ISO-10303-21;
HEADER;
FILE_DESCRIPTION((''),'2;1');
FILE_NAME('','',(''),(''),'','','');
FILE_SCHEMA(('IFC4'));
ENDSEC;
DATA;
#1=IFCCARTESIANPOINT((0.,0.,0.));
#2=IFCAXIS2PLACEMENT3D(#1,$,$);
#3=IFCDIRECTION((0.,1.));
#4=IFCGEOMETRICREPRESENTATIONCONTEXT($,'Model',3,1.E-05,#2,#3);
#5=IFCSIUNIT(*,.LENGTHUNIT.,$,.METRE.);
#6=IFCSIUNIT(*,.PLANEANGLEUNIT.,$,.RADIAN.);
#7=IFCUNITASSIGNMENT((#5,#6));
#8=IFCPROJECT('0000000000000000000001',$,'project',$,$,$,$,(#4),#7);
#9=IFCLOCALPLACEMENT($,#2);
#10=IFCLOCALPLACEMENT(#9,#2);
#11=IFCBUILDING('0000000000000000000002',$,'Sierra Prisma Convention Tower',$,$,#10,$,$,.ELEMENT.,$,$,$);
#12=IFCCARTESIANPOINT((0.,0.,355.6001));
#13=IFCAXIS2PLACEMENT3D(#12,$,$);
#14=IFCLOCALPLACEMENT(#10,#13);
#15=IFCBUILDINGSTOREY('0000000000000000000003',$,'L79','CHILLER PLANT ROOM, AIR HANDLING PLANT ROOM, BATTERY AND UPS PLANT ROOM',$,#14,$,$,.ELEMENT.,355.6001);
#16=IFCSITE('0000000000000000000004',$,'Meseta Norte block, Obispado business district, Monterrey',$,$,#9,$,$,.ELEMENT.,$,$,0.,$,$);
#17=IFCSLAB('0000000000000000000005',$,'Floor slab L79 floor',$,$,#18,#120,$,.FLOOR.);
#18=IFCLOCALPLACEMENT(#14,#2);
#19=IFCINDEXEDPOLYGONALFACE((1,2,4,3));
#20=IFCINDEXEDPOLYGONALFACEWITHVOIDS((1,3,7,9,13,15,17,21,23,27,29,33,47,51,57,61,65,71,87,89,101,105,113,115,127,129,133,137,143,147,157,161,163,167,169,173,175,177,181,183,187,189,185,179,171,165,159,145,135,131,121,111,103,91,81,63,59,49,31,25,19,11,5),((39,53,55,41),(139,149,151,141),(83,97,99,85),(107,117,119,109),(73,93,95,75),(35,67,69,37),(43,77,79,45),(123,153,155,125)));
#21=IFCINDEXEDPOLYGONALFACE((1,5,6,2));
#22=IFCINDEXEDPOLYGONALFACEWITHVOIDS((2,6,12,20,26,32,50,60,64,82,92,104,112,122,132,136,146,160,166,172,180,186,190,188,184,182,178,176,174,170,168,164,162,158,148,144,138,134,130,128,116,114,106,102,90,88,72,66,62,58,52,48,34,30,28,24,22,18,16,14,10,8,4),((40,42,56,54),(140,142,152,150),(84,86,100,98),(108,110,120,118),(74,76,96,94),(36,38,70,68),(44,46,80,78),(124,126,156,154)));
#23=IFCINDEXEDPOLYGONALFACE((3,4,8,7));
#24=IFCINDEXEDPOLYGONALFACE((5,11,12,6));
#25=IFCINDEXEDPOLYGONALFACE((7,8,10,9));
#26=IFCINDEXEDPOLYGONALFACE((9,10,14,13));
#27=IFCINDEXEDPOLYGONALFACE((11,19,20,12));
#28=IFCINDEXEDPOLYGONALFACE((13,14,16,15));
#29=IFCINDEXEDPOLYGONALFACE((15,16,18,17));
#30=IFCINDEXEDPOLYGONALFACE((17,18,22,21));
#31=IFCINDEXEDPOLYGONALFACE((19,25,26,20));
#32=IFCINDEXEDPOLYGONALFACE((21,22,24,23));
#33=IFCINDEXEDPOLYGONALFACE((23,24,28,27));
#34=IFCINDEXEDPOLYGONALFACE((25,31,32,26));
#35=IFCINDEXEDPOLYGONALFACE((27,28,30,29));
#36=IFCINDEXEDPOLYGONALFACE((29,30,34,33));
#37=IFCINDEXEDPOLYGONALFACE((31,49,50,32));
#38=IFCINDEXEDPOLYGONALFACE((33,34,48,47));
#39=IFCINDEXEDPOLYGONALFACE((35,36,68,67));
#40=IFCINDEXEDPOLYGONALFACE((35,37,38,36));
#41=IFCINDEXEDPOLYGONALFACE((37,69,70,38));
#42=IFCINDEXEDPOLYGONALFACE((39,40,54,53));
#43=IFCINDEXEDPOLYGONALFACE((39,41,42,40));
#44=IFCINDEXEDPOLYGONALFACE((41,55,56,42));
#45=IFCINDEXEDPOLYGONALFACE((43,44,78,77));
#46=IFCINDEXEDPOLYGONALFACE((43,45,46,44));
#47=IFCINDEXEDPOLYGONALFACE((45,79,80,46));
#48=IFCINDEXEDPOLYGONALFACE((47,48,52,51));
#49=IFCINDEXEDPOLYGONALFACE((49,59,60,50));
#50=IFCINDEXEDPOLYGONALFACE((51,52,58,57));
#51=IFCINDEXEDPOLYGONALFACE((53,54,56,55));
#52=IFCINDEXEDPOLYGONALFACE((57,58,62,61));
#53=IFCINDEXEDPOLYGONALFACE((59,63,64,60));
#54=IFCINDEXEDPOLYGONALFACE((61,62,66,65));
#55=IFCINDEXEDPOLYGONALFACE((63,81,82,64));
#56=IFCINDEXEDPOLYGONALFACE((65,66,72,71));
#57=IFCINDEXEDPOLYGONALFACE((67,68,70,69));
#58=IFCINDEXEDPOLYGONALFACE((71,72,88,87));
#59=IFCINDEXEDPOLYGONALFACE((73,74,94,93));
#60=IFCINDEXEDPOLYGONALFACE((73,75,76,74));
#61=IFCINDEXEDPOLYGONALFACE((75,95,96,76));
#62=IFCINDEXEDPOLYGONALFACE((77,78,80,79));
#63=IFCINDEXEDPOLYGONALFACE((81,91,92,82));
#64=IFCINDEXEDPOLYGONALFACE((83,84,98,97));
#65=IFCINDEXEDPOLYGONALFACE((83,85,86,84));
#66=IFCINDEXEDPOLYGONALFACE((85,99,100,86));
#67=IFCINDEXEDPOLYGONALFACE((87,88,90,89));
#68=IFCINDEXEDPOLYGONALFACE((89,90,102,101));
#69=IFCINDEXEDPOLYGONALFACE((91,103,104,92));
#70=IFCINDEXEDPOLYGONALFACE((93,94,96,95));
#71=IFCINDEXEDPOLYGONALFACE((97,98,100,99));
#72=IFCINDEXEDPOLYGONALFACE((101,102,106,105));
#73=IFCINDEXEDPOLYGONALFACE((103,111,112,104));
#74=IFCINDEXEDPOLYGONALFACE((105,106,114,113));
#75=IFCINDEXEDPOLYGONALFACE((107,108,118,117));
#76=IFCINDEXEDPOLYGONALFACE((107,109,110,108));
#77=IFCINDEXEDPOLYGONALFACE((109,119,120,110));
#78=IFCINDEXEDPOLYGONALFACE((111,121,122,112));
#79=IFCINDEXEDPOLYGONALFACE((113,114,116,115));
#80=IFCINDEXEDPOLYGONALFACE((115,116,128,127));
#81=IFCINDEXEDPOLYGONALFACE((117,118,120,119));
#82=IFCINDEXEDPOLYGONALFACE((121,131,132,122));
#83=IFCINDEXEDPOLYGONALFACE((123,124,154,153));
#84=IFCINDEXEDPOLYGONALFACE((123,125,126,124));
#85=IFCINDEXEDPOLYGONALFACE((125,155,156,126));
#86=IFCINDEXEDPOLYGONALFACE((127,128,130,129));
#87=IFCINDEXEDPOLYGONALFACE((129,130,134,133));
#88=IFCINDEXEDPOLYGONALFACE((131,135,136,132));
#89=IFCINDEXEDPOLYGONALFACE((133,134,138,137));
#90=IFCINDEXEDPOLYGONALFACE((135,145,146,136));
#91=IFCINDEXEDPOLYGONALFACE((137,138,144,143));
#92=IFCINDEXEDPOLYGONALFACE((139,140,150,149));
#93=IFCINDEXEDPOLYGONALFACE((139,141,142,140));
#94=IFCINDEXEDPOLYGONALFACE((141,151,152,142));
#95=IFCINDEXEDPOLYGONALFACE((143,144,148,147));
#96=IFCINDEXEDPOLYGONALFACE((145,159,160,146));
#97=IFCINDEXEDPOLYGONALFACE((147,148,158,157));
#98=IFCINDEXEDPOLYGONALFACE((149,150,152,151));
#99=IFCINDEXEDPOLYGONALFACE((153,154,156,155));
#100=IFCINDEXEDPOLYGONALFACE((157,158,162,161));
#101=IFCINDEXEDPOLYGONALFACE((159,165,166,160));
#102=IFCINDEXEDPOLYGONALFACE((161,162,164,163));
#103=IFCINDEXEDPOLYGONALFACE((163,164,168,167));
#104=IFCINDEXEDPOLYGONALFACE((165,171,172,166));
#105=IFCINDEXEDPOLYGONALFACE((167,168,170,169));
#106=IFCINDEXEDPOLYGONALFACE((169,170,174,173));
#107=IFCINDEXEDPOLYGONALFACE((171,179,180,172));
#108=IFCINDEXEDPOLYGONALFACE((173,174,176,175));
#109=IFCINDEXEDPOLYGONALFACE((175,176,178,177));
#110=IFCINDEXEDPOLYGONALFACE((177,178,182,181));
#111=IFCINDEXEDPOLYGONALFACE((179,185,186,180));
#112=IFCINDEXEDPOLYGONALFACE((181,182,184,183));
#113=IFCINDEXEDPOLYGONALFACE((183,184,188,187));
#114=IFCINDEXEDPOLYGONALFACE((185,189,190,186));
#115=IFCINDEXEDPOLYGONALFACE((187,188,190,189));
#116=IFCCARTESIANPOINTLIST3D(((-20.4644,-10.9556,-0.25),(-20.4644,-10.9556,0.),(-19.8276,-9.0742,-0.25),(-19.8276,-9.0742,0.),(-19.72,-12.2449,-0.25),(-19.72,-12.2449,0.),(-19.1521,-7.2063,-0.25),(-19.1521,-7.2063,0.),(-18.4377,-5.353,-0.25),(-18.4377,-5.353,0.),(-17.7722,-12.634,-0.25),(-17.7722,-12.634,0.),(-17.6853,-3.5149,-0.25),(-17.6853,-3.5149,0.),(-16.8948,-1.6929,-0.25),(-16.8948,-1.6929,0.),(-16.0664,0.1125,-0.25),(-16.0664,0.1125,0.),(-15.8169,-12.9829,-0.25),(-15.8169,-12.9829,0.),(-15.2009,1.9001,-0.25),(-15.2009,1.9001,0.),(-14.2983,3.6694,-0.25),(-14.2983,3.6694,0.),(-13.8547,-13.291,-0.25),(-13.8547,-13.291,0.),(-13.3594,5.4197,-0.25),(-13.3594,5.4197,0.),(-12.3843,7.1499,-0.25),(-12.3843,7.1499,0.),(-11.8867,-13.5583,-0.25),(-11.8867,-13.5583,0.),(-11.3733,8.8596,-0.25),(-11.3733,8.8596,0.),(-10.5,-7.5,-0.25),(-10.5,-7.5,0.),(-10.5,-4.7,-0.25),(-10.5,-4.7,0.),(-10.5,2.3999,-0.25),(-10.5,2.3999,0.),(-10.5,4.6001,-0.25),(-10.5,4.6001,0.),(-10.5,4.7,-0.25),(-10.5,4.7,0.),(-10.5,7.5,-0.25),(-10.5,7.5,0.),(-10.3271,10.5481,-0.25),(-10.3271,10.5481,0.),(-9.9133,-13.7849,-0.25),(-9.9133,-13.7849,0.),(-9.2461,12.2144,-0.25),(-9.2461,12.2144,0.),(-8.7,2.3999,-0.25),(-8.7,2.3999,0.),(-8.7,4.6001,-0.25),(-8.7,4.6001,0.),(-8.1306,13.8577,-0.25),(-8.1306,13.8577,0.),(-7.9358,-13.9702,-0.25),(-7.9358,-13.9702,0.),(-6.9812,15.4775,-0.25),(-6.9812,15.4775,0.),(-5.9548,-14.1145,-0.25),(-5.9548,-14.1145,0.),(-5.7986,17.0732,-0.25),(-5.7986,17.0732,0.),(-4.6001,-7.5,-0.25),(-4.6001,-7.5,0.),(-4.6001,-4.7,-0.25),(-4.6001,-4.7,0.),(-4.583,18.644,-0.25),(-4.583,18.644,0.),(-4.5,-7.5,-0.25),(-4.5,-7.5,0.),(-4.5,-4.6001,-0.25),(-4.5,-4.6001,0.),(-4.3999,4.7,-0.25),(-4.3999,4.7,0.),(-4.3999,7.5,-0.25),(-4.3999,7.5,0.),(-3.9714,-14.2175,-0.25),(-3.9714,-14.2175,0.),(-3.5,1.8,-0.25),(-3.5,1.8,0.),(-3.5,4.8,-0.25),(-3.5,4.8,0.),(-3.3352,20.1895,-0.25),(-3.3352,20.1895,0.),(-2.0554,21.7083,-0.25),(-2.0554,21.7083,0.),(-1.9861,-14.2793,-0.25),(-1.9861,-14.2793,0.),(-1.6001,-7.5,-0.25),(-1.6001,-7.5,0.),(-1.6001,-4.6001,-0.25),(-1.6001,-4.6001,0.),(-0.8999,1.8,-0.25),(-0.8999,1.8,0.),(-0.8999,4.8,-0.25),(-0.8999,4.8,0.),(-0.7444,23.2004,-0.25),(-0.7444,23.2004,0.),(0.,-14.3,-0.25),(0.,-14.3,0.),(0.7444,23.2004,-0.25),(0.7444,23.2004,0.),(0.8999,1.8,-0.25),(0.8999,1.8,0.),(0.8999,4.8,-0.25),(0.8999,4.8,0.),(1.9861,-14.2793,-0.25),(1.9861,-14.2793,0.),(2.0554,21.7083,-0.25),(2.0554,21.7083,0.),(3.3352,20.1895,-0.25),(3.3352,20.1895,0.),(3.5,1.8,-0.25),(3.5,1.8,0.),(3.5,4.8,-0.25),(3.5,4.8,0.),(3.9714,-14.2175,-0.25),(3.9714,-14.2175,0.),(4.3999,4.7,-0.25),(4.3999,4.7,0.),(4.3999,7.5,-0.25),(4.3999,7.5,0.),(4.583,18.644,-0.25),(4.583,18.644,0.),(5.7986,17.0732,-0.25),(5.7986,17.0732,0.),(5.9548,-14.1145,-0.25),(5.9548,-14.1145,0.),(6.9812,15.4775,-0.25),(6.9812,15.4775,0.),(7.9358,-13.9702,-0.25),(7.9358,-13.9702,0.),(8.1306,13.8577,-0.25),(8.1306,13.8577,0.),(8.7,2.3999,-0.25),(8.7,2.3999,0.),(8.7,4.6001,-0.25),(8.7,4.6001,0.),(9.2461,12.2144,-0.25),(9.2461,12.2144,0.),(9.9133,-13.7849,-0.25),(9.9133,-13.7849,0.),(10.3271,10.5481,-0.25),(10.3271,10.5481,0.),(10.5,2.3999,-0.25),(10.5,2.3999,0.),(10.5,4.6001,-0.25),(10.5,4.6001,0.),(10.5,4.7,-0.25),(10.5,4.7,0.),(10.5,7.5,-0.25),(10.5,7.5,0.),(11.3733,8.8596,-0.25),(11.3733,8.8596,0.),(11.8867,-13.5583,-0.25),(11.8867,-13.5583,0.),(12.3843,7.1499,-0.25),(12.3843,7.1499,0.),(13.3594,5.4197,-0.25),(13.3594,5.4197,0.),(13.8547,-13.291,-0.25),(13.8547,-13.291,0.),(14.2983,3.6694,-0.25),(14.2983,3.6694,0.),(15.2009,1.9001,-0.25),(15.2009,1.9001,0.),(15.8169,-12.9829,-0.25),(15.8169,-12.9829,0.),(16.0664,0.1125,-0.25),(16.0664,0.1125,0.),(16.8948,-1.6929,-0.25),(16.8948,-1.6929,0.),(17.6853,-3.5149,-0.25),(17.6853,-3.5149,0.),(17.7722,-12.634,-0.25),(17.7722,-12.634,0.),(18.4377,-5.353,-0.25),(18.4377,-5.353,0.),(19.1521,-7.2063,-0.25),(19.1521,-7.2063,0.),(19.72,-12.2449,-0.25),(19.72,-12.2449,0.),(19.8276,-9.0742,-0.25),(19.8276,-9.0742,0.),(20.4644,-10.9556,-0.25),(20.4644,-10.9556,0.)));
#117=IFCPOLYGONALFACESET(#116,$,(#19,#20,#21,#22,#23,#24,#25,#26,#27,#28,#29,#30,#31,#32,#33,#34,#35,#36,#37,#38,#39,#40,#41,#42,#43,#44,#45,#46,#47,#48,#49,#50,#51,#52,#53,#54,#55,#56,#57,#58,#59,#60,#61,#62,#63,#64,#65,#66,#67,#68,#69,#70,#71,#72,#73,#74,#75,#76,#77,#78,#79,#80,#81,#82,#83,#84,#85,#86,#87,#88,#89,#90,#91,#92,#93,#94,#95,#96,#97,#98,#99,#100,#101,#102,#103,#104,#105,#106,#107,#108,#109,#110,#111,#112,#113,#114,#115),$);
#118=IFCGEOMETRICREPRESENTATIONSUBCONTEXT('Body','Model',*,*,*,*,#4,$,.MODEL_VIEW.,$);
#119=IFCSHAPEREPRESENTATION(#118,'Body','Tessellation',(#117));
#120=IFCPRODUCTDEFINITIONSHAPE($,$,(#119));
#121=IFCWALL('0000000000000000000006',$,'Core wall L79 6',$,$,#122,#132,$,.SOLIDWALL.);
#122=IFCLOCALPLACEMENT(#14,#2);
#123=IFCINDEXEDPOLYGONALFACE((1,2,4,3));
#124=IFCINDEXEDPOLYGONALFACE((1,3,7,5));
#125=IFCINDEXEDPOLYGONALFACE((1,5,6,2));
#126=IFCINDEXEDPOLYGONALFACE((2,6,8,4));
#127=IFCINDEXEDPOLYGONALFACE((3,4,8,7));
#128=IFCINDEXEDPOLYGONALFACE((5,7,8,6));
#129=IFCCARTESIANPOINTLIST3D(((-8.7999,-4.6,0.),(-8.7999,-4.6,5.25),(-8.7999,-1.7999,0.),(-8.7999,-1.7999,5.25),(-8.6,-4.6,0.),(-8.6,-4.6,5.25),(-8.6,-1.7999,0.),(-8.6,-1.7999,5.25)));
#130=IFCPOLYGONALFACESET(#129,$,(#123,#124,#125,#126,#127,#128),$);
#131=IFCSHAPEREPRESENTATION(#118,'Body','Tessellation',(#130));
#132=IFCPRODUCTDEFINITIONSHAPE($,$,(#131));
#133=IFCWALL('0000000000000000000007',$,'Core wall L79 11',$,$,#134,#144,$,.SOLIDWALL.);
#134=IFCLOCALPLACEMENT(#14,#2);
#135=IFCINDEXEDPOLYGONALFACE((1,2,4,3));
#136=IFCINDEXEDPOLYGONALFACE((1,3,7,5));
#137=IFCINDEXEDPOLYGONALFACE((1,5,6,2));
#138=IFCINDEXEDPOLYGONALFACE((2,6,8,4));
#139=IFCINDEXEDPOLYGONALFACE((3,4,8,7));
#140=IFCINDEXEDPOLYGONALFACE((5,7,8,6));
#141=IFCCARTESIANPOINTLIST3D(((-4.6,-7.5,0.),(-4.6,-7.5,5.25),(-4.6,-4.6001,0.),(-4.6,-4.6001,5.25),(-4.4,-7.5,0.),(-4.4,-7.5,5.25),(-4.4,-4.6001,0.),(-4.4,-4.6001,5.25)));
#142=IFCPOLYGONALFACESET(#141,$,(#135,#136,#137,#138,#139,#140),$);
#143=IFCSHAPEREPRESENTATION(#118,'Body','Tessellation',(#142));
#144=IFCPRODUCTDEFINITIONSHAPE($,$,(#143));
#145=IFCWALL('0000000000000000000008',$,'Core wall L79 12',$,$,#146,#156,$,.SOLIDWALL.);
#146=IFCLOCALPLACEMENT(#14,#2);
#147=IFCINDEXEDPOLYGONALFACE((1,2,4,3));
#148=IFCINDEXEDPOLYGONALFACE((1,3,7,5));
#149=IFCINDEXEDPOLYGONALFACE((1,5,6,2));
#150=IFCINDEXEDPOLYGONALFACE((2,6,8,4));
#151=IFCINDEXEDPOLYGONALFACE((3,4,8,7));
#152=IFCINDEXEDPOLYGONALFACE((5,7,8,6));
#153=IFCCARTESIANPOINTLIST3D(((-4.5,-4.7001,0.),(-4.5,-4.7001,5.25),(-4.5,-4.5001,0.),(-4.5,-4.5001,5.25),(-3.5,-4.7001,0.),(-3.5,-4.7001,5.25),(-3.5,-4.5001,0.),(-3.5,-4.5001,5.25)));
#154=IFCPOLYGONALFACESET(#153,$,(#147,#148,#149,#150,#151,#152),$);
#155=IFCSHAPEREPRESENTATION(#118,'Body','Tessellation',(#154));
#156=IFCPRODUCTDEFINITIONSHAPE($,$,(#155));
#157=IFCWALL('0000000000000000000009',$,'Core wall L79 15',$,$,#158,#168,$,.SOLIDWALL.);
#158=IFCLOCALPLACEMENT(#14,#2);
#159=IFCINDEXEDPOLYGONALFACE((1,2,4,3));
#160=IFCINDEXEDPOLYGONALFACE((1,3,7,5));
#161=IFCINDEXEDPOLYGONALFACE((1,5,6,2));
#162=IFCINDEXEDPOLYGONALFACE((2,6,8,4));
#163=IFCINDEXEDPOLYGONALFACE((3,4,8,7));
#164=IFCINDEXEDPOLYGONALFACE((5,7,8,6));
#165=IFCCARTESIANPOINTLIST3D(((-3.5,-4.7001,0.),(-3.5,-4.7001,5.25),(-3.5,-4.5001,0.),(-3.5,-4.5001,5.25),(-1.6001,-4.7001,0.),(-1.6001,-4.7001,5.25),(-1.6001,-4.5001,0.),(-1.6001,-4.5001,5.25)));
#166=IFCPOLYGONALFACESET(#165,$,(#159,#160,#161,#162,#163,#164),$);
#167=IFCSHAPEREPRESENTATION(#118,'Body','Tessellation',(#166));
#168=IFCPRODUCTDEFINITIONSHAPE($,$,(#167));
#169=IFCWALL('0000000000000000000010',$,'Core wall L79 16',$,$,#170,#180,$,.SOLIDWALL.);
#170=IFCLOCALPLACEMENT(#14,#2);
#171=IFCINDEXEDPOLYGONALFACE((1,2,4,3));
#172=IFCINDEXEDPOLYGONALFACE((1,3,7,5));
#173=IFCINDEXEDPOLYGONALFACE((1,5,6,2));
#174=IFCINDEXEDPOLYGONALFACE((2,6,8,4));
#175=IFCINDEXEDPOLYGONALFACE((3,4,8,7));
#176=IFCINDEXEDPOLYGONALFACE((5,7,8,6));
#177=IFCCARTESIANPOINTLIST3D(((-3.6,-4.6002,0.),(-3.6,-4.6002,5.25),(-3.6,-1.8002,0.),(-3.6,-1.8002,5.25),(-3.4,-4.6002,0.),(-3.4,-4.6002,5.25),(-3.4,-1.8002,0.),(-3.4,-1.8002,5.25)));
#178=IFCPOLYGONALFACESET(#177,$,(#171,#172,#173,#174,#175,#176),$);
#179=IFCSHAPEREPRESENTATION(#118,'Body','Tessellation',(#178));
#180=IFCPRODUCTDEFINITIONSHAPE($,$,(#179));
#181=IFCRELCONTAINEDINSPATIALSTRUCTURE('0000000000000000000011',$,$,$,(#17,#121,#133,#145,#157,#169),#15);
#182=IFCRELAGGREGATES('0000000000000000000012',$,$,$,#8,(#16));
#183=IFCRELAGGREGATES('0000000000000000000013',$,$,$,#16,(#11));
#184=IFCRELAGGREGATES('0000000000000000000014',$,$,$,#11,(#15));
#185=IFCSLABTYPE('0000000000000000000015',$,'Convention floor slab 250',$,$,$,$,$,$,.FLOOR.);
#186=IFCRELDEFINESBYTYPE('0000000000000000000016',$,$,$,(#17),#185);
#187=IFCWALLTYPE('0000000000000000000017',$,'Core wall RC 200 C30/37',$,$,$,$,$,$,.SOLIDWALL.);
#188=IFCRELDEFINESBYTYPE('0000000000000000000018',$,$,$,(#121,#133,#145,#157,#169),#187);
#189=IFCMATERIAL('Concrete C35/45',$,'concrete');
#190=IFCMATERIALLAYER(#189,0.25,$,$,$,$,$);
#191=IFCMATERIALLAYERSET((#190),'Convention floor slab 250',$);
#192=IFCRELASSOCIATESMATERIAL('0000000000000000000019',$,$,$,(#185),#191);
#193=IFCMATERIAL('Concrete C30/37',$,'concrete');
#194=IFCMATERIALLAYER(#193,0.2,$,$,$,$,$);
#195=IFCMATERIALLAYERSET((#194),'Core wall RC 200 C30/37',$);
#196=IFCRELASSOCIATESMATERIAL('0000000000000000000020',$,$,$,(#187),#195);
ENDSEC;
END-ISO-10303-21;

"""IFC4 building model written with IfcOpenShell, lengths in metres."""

from ifc_helpers import new_model, si_unit, direction, frame, frame_2d, origin, place, context, subcontext, project, spatial, polyline, rectangle, outline, extrude, material, layer, layer_set, type_object, element, save


model = new_model("IFC4")

# Units and contexts
model_context = context("Model", 3, precision=1e-05, world=origin(), true_north=direction((0.0, 1.0)))
body_context = subcontext(model_context, "Body", "Model", "MODEL_VIEW")
ifc_project = project(units=[si_unit("LENGTHUNIT", "METRE"), si_unit("PLANEANGLEUNIT", "RADIAN")], contexts=[model_context])

# Site, building, storey
site_placement = place(None, origin())
site = spatial("IfcSite", under=ifc_project, at=site_placement, Name="Meseta Norte block, Obispado business district, Monterrey", CompositionType="ELEMENT", RefElevation=0.0)
building_placement = place(site_placement, origin())
building = spatial("IfcBuilding", under=site, at=building_placement, Name="Sierra Prisma Convention Tower", CompositionType="ELEMENT")
storey_placement = place(building_placement, frame((0.0, 0.0, 355.6001)))
storey = spatial("IfcBuildingStorey", under=building, at=storey_placement, Name="L79", Description="CHILLER PLANT ROOM, AIR HANDLING PLANT ROOM, BATTERY AND UPS PLANT ROOM", CompositionType="ELEMENT", Elevation=355.6001)

# Slab
ifc_material_1 = material(Name="Concrete C35/45", Category="concrete")
ifc_layer_1 = layer(ifc_material_1, 0.25)
ifc_layer_set_1 = layer_set([ifc_layer_1], Name="Convention floor slab 250")
slab_type = type_object("IfcSlabType", Name="Convention floor slab 250", PredefinedType="FLOOR", material=ifc_layer_set_1)
slab_placement = place(storey_placement, frame((0.0, 0.0, -0.25)))
element("IfcSlab", 1, at=slab_placement, inside=storey, type_object=slab_type, Name="Floor slab L79 floor", PredefinedType="FLOOR", context=body_context, shape_type="SweptSolid", body=[
    extrude(outline(polyline([(-19.72, -12.2449), (-17.7722, -12.634), (-15.8169, -12.9829), (-13.8547, -13.291), (-11.8867, -13.5583), (-9.9133, -13.7849), (-7.9358, -13.9702), (-5.9548, -14.1145), (-3.9714, -14.2175), (-1.9861, -14.2793), (0.0, -14.3), (1.9861, -14.2793), (3.9714, -14.2175), (5.9548, -14.1145), (7.9358, -13.9702), (9.9133, -13.7849), (11.8867, -13.5583), (13.8547, -13.291), (15.8169, -12.9829), (17.7722, -12.634), (19.72, -12.2449), (20.4644, -10.9556), (19.8276, -9.0742), (19.1521, -7.2063), (18.4377, -5.353), (17.6853, -3.5149), (16.8948, -1.6929), (16.0664, 0.1125), (15.2009, 1.9001), (14.2983, 3.6694), (13.3594, 5.4197), (12.3843, 7.1499), (11.3733, 8.8596), (10.3271, 10.5481), (9.2461, 12.2144), (8.1306, 13.8577), (6.9812, 15.4775), (5.7986, 17.0732), (4.583, 18.644), (3.3352, 20.1895), (2.0554, 21.7083), (0.7444, 23.2004), (-0.7444, 23.2004), (-2.0554, 21.7083), (-3.3352, 20.1895), (-4.583, 18.644), (-5.7986, 17.0732), (-6.9812, 15.4775), (-8.1306, 13.8577), (-9.2461, 12.2144), (-10.3271, 10.5481), (-11.3733, 8.8596), (-12.3843, 7.1499), (-13.3594, 5.4197), (-14.2983, 3.6694), (-15.2009, 1.9001), (-16.0664, 0.1125), (-16.8948, -1.6929), (-17.6853, -3.5149), (-18.4377, -5.353), (-19.1521, -7.2063), (-19.8276, -9.0742), (-20.4644, -10.9556), (-19.72, -12.2449)]), holes=[polyline([(-4.6001, -4.7), (-4.6001, -7.5), (-10.5, -7.5), (-10.5, -4.7), (-4.6001, -4.7)]), polyline([(-1.6001, -4.6001), (-1.6001, -7.5), (-4.5, -7.5), (-4.5, -4.6001), (-1.6001, -4.6001)]), polyline([(-0.8999, 4.8), (-0.8999, 1.8), (-3.5, 1.8), (-3.5, 4.8), (-0.8999, 4.8)]), polyline([(3.5, 4.8), (3.5, 1.8), (0.8999, 1.8), (0.8999, 4.8), (3.5, 4.8)]), polyline([(-8.7, 4.6001), (-8.7, 2.3999), (-10.5, 2.3999), (-10.5, 4.6001), (-8.7, 4.6001)]), polyline([(10.5, 4.6001), (10.5, 2.3999), (8.7, 2.3999), (8.7, 4.6001), (10.5, 4.6001)]), polyline([(-4.3999, 7.5), (-4.3999, 4.7), (-10.5, 4.7), (-10.5, 7.5), (-4.3999, 7.5)]), polyline([(10.5, 7.5), (10.5, 4.7), (4.3999, 4.7), (4.3999, 7.5), (10.5, 7.5)])]), origin(), (0.0, 0.0, 1.0), 0.25),
])

# Wall
ifc_material_2 = material(Name="Concrete C30/37", Category="concrete")
ifc_layer_2 = layer(ifc_material_2, 0.2)
ifc_layer_set_2 = layer_set([ifc_layer_2], Name="Core wall RC 200 C30/37")
wall_type_1 = type_object("IfcWallType", Name="Core wall RC 200 C30/37", PredefinedType="SOLIDWALL", material=ifc_layer_set_2)
wall_1_placement = place(storey_placement, frame((-8.7, -1.8, 0.0), z_axis=(0.0, 0.0, 1.0), x_axis=(0.0, -1.0, 0.0)))
element("IfcWall", 2, at=wall_1_placement, inside=storey, type_object=wall_type_1, Name="Core wall L79 6", PredefinedType="SOLIDWALL", context=body_context, shape_type="SweptSolid", body=[
    extrude(rectangle(XDim=2.8, YDim=0.2, at=frame_2d((1.3999, 0.0))), origin(), (0.0, 0.0, 1.0), 5.25),
])

# Walls
wall_2_placement = place(storey_placement, frame((-4.5, -4.6001, 0.0), z_axis=(0.0, 0.0, 1.0), x_axis=(0.0, -1.0, 0.0)))
element("IfcWall", 3, at=wall_2_placement, inside=storey, type_object=wall_type_1, Name="Core wall L79 11", PredefinedType="SOLIDWALL", context=body_context, shape_type="SweptSolid", body=[
    extrude(rectangle(XDim=2.8999, YDim=0.2, at=frame_2d((1.45, 0.0))), origin(), (0.0, 0.0, 1.0), 5.25),
])
wall_3_placement = place(storey_placement, frame((-4.5, -4.6001, 0.0), z_axis=(0.0, 0.0, 1.0), x_axis=(1.0, 0.0, 0.0)))
element("IfcWall", 4, at=wall_3_placement, inside=storey, type_object=wall_type_1, Name="Core wall L79 12", PredefinedType="SOLIDWALL", context=body_context, shape_type="SweptSolid", body=[
    extrude(rectangle(XDim=1.0, YDim=0.2, at=frame_2d((0.5, 0.0))), origin(), (0.0, 0.0, 1.0), 5.25),
])
wall_4_placement = place(storey_placement, frame((-3.5, -4.6001, 0.0), z_axis=(0.0, 0.0, 1.0), x_axis=(1.0, 0.0, 0.0)))
element("IfcWall", 5, at=wall_4_placement, inside=storey, type_object=wall_type_1, Name="Core wall L79 15", PredefinedType="SOLIDWALL", context=body_context, shape_type="SweptSolid", body=[
    extrude(rectangle(XDim=1.8999, YDim=0.2, at=frame_2d((0.95, 0.0))), origin(), (0.0, 0.0, 1.0), 5.25),
])
wall_5_placement = place(storey_placement, frame((-3.5, -4.6001, 0.0), z_axis=(0.0, 0.0, 1.0), x_axis=(0.0, 1.0, 0.0)))
element("IfcWall", 6, at=wall_5_placement, inside=storey, type_object=wall_type_1, Name="Core wall L79 16", PredefinedType="SOLIDWALL", context=body_context, shape_type="SweptSolid", body=[
    extrude(rectangle(XDim=2.8, YDim=0.2, at=frame_2d((1.3999, 0.0))), origin(), (0.0, 0.0, 1.0), 5.25),
])

save(model, "model.ifc")
